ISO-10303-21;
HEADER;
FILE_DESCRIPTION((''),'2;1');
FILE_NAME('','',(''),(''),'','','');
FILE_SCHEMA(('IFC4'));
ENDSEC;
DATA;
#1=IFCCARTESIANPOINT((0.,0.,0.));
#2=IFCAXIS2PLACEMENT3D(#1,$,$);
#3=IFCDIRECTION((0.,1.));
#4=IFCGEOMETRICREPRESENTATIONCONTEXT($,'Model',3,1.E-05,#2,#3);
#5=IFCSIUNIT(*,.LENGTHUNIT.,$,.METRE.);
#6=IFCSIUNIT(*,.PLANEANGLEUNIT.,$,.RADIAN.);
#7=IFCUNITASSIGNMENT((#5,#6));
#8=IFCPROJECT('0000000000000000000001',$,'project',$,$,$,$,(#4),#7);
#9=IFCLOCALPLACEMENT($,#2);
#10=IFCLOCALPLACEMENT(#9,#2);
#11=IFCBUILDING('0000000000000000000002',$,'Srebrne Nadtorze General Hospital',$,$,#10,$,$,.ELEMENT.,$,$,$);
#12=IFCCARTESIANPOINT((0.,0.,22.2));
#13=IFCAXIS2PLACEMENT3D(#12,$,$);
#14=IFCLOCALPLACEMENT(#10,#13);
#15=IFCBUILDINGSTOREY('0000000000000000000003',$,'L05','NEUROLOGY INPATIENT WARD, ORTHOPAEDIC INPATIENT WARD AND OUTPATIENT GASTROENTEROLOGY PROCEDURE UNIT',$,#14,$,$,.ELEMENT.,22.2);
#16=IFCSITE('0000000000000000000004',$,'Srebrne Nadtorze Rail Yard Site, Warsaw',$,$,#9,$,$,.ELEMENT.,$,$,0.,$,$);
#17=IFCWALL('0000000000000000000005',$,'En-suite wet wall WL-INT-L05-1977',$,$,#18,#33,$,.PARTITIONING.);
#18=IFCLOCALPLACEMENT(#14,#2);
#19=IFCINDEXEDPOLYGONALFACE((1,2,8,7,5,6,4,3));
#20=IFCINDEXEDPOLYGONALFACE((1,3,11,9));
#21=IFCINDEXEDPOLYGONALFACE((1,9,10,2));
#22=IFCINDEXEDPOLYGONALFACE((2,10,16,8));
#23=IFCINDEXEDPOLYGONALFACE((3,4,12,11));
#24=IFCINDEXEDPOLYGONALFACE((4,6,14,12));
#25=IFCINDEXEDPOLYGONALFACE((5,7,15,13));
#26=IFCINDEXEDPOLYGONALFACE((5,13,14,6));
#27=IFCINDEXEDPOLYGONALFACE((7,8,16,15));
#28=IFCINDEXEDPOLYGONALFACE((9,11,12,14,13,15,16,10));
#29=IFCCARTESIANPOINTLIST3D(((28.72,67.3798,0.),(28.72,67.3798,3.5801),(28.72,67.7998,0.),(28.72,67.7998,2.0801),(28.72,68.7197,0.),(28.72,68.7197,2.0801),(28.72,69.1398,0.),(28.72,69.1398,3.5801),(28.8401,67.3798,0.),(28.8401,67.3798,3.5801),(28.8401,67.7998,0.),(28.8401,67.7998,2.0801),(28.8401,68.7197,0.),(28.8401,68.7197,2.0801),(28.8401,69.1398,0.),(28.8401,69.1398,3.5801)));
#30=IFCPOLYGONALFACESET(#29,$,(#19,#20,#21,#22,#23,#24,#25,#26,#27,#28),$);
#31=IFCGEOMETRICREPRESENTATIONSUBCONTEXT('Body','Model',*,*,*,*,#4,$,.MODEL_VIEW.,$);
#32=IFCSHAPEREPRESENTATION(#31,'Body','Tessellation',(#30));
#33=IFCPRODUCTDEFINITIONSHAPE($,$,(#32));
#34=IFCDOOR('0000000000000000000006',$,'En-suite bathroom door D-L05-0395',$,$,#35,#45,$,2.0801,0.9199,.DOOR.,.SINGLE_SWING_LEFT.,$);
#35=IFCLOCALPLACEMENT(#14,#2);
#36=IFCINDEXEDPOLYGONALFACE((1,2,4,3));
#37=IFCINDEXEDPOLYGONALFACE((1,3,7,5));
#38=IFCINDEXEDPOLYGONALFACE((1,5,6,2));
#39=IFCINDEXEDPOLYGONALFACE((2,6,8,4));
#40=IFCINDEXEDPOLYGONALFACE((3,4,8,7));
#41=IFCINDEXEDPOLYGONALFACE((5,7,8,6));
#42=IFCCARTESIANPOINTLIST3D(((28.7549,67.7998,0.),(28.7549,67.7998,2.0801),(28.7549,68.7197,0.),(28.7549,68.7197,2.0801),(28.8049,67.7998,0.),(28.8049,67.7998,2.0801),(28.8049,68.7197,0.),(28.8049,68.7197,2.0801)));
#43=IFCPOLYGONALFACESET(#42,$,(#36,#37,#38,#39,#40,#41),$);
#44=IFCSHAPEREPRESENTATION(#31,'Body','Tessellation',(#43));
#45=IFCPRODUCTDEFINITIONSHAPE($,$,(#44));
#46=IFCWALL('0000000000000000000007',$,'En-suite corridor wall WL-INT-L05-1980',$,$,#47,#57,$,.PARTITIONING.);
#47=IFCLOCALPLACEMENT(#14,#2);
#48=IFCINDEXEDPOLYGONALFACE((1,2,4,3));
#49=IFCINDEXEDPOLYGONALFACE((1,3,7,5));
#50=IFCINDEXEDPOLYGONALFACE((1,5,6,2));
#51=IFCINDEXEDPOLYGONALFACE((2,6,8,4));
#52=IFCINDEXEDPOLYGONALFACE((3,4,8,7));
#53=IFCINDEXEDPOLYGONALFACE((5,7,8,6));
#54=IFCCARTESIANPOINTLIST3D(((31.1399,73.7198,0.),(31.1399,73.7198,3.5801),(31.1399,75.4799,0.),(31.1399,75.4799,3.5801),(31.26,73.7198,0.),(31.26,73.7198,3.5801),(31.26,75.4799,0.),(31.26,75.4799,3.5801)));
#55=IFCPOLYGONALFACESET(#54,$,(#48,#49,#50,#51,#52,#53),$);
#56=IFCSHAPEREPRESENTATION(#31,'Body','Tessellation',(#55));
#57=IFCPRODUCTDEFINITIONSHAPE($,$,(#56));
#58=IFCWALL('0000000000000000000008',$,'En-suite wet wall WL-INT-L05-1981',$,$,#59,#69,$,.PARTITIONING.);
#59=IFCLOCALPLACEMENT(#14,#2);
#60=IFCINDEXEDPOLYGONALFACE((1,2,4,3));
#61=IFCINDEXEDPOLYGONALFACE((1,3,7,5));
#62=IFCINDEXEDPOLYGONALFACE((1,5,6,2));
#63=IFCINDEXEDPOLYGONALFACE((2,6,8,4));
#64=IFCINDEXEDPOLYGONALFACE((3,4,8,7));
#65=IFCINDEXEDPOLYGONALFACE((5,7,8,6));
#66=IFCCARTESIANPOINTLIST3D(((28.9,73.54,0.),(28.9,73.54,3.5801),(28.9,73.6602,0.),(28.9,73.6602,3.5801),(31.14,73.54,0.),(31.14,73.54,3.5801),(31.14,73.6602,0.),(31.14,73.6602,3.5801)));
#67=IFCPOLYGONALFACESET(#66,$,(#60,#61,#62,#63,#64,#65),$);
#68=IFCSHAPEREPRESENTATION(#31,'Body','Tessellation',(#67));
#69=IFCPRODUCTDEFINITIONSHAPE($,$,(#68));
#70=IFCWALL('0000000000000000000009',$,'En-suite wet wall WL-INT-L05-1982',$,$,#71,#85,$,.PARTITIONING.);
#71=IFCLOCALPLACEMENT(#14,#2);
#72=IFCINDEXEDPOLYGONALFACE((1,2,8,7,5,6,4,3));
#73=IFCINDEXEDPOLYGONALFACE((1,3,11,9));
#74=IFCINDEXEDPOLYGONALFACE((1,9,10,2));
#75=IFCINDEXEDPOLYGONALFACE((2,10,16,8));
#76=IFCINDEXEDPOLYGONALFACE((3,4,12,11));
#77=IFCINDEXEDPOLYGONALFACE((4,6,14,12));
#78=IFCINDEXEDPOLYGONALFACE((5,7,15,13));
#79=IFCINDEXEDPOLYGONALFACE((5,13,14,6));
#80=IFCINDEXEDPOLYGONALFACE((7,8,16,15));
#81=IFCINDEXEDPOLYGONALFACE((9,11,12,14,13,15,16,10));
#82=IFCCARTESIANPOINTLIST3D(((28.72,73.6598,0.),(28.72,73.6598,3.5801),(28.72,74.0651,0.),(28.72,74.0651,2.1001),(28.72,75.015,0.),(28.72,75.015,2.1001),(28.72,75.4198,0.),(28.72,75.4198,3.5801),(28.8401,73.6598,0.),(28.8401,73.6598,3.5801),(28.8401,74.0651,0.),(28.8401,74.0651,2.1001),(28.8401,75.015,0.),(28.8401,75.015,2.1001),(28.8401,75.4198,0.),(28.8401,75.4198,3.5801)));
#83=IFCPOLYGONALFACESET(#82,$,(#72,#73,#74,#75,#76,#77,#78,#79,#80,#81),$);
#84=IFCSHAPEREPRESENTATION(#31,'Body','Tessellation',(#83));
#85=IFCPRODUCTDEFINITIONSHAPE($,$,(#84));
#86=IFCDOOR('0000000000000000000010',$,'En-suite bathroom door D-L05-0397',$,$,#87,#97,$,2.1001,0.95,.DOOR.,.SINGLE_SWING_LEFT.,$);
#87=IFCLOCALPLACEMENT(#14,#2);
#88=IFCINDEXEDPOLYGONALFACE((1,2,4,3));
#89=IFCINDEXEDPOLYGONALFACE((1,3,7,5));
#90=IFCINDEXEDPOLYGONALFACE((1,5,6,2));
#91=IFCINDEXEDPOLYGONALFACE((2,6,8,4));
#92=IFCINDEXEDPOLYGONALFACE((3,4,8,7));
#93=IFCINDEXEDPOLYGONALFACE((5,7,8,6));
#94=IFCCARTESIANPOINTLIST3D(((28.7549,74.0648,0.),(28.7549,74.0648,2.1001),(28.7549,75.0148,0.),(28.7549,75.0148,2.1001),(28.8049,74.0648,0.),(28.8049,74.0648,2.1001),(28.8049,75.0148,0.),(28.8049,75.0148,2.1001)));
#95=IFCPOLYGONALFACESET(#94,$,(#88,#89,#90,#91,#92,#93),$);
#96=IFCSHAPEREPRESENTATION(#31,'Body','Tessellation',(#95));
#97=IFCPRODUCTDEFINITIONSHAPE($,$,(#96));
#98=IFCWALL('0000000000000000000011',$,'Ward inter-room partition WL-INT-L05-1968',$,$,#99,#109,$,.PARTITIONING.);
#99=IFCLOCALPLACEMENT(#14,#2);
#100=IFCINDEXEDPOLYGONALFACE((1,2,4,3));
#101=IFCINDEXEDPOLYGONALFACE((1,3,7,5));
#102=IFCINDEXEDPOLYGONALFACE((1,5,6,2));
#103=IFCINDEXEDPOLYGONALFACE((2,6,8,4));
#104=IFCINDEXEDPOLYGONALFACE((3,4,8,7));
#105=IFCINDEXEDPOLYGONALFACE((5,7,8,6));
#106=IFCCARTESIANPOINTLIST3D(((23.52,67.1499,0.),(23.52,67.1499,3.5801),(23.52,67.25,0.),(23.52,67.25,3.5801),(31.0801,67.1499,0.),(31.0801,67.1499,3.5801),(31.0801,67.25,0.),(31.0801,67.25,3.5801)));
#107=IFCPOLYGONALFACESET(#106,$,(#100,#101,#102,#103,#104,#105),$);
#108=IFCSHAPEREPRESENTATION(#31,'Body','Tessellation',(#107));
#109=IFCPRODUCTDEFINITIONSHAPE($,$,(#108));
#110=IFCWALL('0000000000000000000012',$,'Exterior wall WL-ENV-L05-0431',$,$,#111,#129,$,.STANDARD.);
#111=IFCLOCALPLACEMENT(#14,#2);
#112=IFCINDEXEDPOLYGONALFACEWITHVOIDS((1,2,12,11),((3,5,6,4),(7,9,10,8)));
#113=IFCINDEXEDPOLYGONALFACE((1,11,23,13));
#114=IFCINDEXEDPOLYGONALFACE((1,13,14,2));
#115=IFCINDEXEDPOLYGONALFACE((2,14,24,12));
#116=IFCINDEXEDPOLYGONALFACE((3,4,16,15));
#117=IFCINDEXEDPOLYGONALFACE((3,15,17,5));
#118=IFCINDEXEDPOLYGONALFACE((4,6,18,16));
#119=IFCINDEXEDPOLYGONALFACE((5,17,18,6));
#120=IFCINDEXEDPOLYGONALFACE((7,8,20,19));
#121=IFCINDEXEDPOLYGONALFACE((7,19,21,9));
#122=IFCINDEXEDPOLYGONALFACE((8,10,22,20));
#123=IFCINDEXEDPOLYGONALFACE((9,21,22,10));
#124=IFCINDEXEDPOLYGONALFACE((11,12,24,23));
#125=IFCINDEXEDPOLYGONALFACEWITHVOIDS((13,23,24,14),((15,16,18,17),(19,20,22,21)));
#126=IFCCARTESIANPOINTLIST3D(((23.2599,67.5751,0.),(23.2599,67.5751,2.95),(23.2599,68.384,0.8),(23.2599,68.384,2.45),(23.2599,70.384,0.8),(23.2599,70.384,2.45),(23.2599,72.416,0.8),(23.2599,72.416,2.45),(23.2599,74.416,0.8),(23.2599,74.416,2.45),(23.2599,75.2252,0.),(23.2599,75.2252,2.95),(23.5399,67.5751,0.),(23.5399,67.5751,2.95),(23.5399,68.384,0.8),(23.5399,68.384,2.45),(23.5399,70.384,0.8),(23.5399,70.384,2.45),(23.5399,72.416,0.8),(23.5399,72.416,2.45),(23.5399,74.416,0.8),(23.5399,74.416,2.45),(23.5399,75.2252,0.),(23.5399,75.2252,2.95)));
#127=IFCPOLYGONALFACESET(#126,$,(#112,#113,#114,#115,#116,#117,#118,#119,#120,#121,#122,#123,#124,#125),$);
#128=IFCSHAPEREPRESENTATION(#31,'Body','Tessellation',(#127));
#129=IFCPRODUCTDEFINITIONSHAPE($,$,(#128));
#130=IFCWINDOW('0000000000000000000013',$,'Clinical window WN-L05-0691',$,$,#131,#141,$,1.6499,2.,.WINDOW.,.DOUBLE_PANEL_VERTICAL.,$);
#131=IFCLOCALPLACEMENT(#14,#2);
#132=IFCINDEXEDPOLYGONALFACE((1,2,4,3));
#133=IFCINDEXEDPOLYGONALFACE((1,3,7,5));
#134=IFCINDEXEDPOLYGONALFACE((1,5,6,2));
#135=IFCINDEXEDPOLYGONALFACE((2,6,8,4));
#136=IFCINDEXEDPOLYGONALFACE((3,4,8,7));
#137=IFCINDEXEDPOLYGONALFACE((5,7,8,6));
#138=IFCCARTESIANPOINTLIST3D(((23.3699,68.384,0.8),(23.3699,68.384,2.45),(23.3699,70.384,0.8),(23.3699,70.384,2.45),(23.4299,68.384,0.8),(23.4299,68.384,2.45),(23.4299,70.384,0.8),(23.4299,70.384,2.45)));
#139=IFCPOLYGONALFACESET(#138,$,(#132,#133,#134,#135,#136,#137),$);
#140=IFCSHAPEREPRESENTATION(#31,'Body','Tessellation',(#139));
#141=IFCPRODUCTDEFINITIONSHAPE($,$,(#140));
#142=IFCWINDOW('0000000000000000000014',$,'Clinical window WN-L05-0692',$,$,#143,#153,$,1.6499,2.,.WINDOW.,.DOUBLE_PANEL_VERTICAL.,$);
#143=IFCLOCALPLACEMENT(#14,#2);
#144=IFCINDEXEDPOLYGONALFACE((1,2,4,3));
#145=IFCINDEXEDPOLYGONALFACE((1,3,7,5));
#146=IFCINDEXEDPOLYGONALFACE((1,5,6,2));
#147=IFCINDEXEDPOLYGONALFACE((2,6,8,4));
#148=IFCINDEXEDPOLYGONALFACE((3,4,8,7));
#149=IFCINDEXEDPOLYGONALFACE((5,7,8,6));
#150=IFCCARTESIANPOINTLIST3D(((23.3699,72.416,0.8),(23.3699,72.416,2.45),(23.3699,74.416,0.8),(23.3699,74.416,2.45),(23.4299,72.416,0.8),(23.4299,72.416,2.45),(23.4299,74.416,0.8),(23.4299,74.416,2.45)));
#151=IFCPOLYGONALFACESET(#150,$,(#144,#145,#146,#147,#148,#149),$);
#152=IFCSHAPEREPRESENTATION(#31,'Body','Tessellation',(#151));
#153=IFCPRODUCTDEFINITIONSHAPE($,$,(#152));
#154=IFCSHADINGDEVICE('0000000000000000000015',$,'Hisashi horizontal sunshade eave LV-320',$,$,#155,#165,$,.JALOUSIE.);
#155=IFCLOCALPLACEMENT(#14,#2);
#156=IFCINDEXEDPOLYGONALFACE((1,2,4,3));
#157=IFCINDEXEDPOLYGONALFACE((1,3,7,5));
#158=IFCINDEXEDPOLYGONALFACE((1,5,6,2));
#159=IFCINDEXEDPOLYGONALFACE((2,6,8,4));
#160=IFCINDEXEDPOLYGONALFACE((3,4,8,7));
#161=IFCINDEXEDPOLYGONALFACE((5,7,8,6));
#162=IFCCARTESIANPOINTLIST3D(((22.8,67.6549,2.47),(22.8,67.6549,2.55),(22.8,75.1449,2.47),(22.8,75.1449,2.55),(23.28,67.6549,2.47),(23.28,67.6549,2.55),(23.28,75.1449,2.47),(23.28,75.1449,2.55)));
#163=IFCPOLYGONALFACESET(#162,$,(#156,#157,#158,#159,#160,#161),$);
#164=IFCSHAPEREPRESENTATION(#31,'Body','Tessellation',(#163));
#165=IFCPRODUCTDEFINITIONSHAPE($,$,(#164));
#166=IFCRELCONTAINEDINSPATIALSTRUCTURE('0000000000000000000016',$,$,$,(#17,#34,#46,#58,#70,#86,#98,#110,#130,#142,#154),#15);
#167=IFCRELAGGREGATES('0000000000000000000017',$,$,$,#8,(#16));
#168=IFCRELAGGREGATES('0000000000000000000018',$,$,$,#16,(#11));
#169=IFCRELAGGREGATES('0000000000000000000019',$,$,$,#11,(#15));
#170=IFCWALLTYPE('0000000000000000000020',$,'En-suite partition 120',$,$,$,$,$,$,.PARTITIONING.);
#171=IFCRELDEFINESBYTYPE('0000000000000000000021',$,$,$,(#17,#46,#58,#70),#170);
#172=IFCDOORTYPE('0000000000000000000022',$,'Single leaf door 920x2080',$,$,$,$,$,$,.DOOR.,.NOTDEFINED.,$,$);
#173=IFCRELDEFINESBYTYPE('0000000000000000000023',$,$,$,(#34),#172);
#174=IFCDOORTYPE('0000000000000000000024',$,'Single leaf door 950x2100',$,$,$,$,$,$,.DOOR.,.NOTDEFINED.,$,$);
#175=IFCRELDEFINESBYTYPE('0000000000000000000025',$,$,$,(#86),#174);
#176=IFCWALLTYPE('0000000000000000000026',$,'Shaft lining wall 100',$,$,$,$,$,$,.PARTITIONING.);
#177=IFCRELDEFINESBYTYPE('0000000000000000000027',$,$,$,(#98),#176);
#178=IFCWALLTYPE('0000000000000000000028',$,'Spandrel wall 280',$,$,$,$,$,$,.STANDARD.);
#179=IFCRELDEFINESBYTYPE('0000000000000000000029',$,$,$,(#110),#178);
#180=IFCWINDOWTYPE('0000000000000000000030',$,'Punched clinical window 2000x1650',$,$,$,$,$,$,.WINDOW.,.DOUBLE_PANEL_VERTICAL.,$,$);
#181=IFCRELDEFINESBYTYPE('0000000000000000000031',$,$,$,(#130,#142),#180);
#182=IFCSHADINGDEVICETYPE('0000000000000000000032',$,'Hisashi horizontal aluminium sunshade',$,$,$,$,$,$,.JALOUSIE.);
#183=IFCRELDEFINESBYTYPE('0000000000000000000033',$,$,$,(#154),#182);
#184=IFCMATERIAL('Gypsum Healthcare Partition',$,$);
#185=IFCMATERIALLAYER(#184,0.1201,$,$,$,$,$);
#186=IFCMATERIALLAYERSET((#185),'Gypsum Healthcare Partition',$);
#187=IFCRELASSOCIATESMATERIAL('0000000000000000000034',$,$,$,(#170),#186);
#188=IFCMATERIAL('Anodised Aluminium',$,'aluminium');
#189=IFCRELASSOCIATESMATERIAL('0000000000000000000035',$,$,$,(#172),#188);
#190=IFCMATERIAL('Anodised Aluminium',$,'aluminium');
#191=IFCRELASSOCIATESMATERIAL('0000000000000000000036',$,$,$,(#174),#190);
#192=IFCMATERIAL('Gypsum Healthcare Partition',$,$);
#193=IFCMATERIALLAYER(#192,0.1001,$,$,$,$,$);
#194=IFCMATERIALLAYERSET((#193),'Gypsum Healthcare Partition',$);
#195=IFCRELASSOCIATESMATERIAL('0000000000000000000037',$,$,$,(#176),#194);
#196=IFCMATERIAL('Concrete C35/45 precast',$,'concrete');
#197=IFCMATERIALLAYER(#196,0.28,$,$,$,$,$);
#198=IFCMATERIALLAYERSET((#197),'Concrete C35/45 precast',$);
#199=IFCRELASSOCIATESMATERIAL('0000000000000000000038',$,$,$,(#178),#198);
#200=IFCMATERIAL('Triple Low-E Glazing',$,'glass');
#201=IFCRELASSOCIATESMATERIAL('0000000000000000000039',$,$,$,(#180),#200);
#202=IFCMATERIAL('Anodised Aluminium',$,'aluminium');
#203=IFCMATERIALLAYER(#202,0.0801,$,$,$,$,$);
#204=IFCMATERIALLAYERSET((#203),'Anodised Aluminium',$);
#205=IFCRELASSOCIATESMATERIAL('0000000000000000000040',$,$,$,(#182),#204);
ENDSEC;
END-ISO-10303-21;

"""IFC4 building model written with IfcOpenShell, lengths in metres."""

from ifc_helpers import new_model, si_unit, direction, frame, frame_2d, origin, origin_2d, place, context, subcontext, project, spatial, rectangle, extrude, material, layer, layer_set, type_object, element, fill, save


model = new_model("IFC4")

# Units and contexts
model_context = context("Model", 3, precision=1e-05, world=origin(), true_north=direction((0.0, 1.0)))
body_context = subcontext(model_context, "Body", "Model", "MODEL_VIEW")
ifc_project = project(units=[si_unit("LENGTHUNIT", "METRE"), si_unit("PLANEANGLEUNIT", "RADIAN")], contexts=[model_context])

# Site, building, storey
site_placement = place(None, origin())
site = spatial("IfcSite", under=ifc_project, at=site_placement, Name="Srebrne Nadtorze Rail Yard Site, Warsaw", CompositionType="ELEMENT", RefElevation=0.0)
building_placement = place(site_placement, origin())
building = spatial("IfcBuilding", under=site, at=building_placement, Name="Srebrne Nadtorze General Hospital", CompositionType="ELEMENT")
storey_placement = place(building_placement, frame((0.0, 0.0, 22.2)))
storey = spatial("IfcBuildingStorey", under=building, at=storey_placement, Name="L05", Description="NEUROLOGY INPATIENT WARD, ORTHOPAEDIC INPATIENT WARD AND OUTPATIENT GASTROENTEROLOGY PROCEDURE UNIT", CompositionType="ELEMENT", Elevation=22.2)

# Shared definitions
ifc_material_1 = material(Name="Gypsum Healthcare Partition")
ifc_layer_1 = layer(ifc_material_1, 0.1201)
ifc_layer_set_1 = layer_set([ifc_layer_1], Name="Gypsum Healthcare Partition")
wall_type_1 = type_object("IfcWallType", Name="En-suite partition 120", PredefinedType="PARTITIONING", material=ifc_layer_set_1)

# Wall, opening, door
wall_1_placement = place(storey_placement, frame((28.78, 67.3799, 0.0), z_axis=(0.0, 0.0, 1.0), x_axis=(0.0, 1.0, 0.0)))
wall_1 = element("IfcWall", 1, at=wall_1_placement, inside=storey, type_object=wall_type_1, Name="En-suite wet wall WL-INT-L05-1977", PredefinedType="PARTITIONING", context=body_context, shape_type="SweptSolid", body=[
    extrude(rectangle(XDim=1.76, YDim=0.1201, at=frame_2d((0.8799, 0.0))), origin(), (0.0, 0.0, 1.0), 3.5801),
])
opening_1_placement = place(wall_1_placement, frame((0.4199, 0.0, 0.0)))
opening_1 = element("IfcOpeningElement", 2, at=opening_1_placement, cuts=wall_1, PredefinedType="OPENING", context=body_context, shape_type="SweptSolid", body=[
    extrude(rectangle(XDim=0.9199, YDim=2.0801, at=frame_2d((0.46, 1.04))), frame((0.0, 0.072, 0.0), z_axis=(0.0, -1.0, 0.0), x_axis=(1.0, 0.0, 0.0)), (0.0, 0.0, 1.0), 0.144),
])
ifc_material_2 = material(Name="Anodised Aluminium", Category="aluminium")
door_type_1 = type_object("IfcDoorType", Name="Single leaf door 920x2080", OperationType="NOTDEFINED", PredefinedType="DOOR", material=ifc_material_2)
door_1_placement = place(opening_1_placement, frame((0.9199, 0.0, 0.0), z_axis=(0.0, 0.0, 1.0), x_axis=(-1.0, 0.0, 0.0)))
door_1 = element("IfcDoor", 3, at=door_1_placement, inside=storey, type_object=door_type_1, Name="En-suite bathroom door D-L05-0395", OperationType="SINGLE_SWING_LEFT", OverallHeight=2.0801, OverallWidth=0.9199, PredefinedType="DOOR", context=body_context, shape_type="SweptSolid", body=[
    extrude(rectangle(XDim=0.9199, YDim=2.0801, at=frame_2d((0.46, 1.04))), frame((0.0, 0.0249, 0.0), z_axis=(0.0, -1.0, 0.0), x_axis=(1.0, 0.0, 0.0)), (0.0, 0.0, 1.0), 0.05),
])
fill(opening_1, door_1)

# Walls
wall_2_placement = place(storey_placement, frame((31.2, 73.72, 0.0), z_axis=(0.0, 0.0, 1.0), x_axis=(0.0, 1.0, 0.0)))
element("IfcWall", 4, at=wall_2_placement, inside=storey, type_object=wall_type_1, Name="En-suite corridor wall WL-INT-L05-1980", PredefinedType="PARTITIONING", context=body_context, shape_type="SweptSolid", body=[
    extrude(rectangle(XDim=1.76, YDim=0.1201, at=frame_2d((0.8799, 0.0))), origin(), (0.0, 0.0, 1.0), 3.5801),
])
wall_3_placement = place(storey_placement, frame((28.8999, 73.6001, 0.0), z_axis=(0.0, 0.0, 1.0), x_axis=(1.0, 0.0, 0.0)))
element("IfcWall", 5, at=wall_3_placement, inside=storey, type_object=wall_type_1, Name="En-suite wet wall WL-INT-L05-1981", PredefinedType="PARTITIONING", context=body_context, shape_type="SweptSolid", body=[
    extrude(rectangle(XDim=2.24, YDim=0.1201, at=frame_2d((1.1201, 0.0))), origin(), (0.0, 0.0, 1.0), 3.5801),
])

# Wall, opening, door
wall_4_placement = place(storey_placement, frame((28.78, 73.6599, 0.0), z_axis=(0.0, 0.0, 1.0), x_axis=(0.0, 1.0, 0.0)))
wall_4 = element("IfcWall", 6, at=wall_4_placement, inside=storey, type_object=wall_type_1, Name="En-suite wet wall WL-INT-L05-1982", PredefinedType="PARTITIONING", context=body_context, shape_type="SweptSolid", body=[
    extrude(rectangle(XDim=1.76, YDim=0.1201, at=frame_2d((0.8799, 0.0))), origin(), (0.0, 0.0, 1.0), 3.5801),
])
opening_2_placement = place(wall_4_placement, frame((0.405, 0.0, 0.0)))
opening_2 = element("IfcOpeningElement", 7, at=opening_2_placement, cuts=wall_4, PredefinedType="OPENING", context=body_context, shape_type="SweptSolid", body=[
    extrude(rectangle(XDim=0.95, YDim=2.1001, at=frame_2d((0.4751, 1.05))), frame((0.0, 0.072, 0.0), z_axis=(0.0, -1.0, 0.0), x_axis=(1.0, 0.0, 0.0)), (0.0, 0.0, 1.0), 0.144),
])
ifc_material_3 = material(Name="Anodised Aluminium", Category="aluminium")
door_type_2 = type_object("IfcDoorType", Name="Single leaf door 950x2100", OperationType="NOTDEFINED", PredefinedType="DOOR", material=ifc_material_3)
door_2_placement = place(opening_2_placement, frame((0.95, 0.0, 0.0), z_axis=(0.0, 0.0, 1.0), x_axis=(-1.0, 0.0, 0.0)))
door_2 = element("IfcDoor", 8, at=door_2_placement, inside=storey, type_object=door_type_2, Name="En-suite bathroom door D-L05-0397", OperationType="SINGLE_SWING_LEFT", OverallHeight=2.1001, OverallWidth=0.95, PredefinedType="DOOR", context=body_context, shape_type="SweptSolid", body=[
    extrude(rectangle(XDim=0.95, YDim=2.1001, at=frame_2d((0.4751, 1.05))), frame((0.0, 0.0249, 0.0), z_axis=(0.0, -1.0, 0.0), x_axis=(1.0, 0.0, 0.0)), (0.0, 0.0, 1.0), 0.05),
])
fill(opening_2, door_2)

# Wall
ifc_material_4 = material(Name="Gypsum Healthcare Partition")
ifc_layer_2 = layer(ifc_material_4, 0.1001)
ifc_layer_set_2 = layer_set([ifc_layer_2], Name="Gypsum Healthcare Partition")
wall_type_2 = type_object("IfcWallType", Name="Shaft lining wall 100", PredefinedType="PARTITIONING", material=ifc_layer_set_2)
wall_5_placement = place(storey_placement, frame((23.52, 67.2, 0.0), z_axis=(0.0, 0.0, 1.0), x_axis=(1.0, 0.0, 0.0)))
element("IfcWall", 9, at=wall_5_placement, inside=storey, type_object=wall_type_2, Name="Ward inter-room partition WL-INT-L05-1968", PredefinedType="PARTITIONING", context=body_context, shape_type="SweptSolid", body=[
    extrude(rectangle(XDim=7.5601, YDim=0.1001, at=frame_2d((3.78, 0.0))), origin(), (0.0, 0.0, 1.0), 3.5801),
])

# Wall, openings, windows
ifc_material_5 = material(Name="Concrete C35/45 precast", Category="concrete")
ifc_layer_3 = layer(ifc_material_5, 0.28)
ifc_layer_set_3 = layer_set([ifc_layer_3], Name="Concrete C35/45 precast")
wall_type_3 = type_object("IfcWallType", Name="Spandrel wall 280", PredefinedType="STANDARD", material=ifc_layer_set_3)
wall_6_placement = place(storey_placement, frame((23.3999, 67.575, 0.0), z_axis=(0.0, 0.0, 1.0), x_axis=(0.0, 1.0, 0.0)))
wall_6 = element("IfcWall", 10, at=wall_6_placement, inside=storey, type_object=wall_type_3, Name="Exterior wall WL-ENV-L05-0431", PredefinedType="STANDARD", context=body_context, shape_type="SweptSolid", body=[
    extrude(rectangle(XDim=7.6501, YDim=0.28, at=frame_2d((3.8252, 0.0))), origin(), (0.0, 0.0, 1.0), 2.95),
])
opening_3_placement = place(wall_6_placement, frame((0.8091, 0.0, 0.8)))
opening_3 = element("IfcOpeningElement", 11, at=opening_3_placement, cuts=wall_6, PredefinedType="OPENING", context=body_context, shape_type="SweptSolid", body=[
    extrude(rectangle(XDim=2.0, YDim=1.6499, at=frame_2d((1.0, 0.825))), frame((0.0, 0.1519, 0.0), z_axis=(0.0, -1.0, 0.0), x_axis=(1.0, 0.0, 0.0)), (0.0, 0.0, 1.0), 0.304),
])
opening_4_placement = place(wall_6_placement, frame((4.8411, 0.0, 0.8)))
opening_4 = element("IfcOpeningElement", 12, at=opening_4_placement, cuts=wall_6, PredefinedType="OPENING", context=body_context, shape_type="SweptSolid", body=[
    extrude(rectangle(XDim=2.0, YDim=1.6499, at=frame_2d((1.0, 0.825))), frame((0.0, 0.1519, 0.0), z_axis=(0.0, -1.0, 0.0), x_axis=(1.0, 0.0, 0.0)), (0.0, 0.0, 1.0), 0.304),
])
ifc_material_6 = material(Name="Triple Low-E Glazing", Category="glass")
window_type = type_object("IfcWindowType", Name="Punched clinical window 2000x1650", PartitioningType="DOUBLE_PANEL_VERTICAL", PredefinedType="WINDOW", material=ifc_material_6)
window_1_placement = place(opening_3_placement, origin())
window_1 = element("IfcWindow", 13, at=window_1_placement, inside=storey, type_object=window_type, Name="Clinical window WN-L05-0691", OverallHeight=1.6499, OverallWidth=2.0, PartitioningType="DOUBLE_PANEL_VERTICAL", PredefinedType="WINDOW", context=body_context, shape_type="SweptSolid", body=[
    extrude(rectangle(XDim=2.0, YDim=1.6499, at=frame_2d((1.0, 0.825))), frame((0.0, 0.03, 0.0), z_axis=(0.0, -1.0, 0.0), x_axis=(1.0, 0.0, 0.0)), (0.0, 0.0, 1.0), 0.0601),
])
fill(opening_3, window_1)
window_2_placement = place(opening_4_placement, origin())
window_2 = element("IfcWindow", 14, at=window_2_placement, inside=storey, type_object=window_type, Name="Clinical window WN-L05-0692", OverallHeight=1.6499, OverallWidth=2.0, PartitioningType="DOUBLE_PANEL_VERTICAL", PredefinedType="WINDOW", context=body_context, shape_type="SweptSolid", body=[
    extrude(rectangle(XDim=2.0, YDim=1.6499, at=frame_2d((1.0, 0.825))), frame((0.0, 0.03, 0.0), z_axis=(0.0, -1.0, 0.0), x_axis=(1.0, 0.0, 0.0)), (0.0, 0.0, 1.0), 0.0601),
])
fill(opening_4, window_2)

# Shading device
ifc_material_7 = material(Name="Anodised Aluminium", Category="aluminium")
ifc_layer_4 = layer(ifc_material_7, 0.0801)
ifc_layer_set_4 = layer_set([ifc_layer_4], Name="Anodised Aluminium")
shading_device_type = type_object("IfcShadingDeviceType", Name="Hisashi horizontal aluminium sunshade", PredefinedType="JALOUSIE", material=ifc_layer_set_4)
shading_device_placement = place(storey_placement, frame((23.04, 71.3999, 2.47), z_axis=(0.0, 0.0, 1.0), x_axis=(1.0, 0.0, 0.0)))
element("IfcShadingDevice", 15, at=shading_device_placement, inside=storey, type_object=shading_device_type, Name="Hisashi horizontal sunshade eave LV-320", PredefinedType="JALOUSIE", context=body_context, shape_type="SweptSolid", body=[
    extrude(rectangle(XDim=0.48, YDim=7.49, at=origin_2d()), origin(), (0.0, 0.0, 1.0), 0.0801),
])

save(model, "model.ifc")
